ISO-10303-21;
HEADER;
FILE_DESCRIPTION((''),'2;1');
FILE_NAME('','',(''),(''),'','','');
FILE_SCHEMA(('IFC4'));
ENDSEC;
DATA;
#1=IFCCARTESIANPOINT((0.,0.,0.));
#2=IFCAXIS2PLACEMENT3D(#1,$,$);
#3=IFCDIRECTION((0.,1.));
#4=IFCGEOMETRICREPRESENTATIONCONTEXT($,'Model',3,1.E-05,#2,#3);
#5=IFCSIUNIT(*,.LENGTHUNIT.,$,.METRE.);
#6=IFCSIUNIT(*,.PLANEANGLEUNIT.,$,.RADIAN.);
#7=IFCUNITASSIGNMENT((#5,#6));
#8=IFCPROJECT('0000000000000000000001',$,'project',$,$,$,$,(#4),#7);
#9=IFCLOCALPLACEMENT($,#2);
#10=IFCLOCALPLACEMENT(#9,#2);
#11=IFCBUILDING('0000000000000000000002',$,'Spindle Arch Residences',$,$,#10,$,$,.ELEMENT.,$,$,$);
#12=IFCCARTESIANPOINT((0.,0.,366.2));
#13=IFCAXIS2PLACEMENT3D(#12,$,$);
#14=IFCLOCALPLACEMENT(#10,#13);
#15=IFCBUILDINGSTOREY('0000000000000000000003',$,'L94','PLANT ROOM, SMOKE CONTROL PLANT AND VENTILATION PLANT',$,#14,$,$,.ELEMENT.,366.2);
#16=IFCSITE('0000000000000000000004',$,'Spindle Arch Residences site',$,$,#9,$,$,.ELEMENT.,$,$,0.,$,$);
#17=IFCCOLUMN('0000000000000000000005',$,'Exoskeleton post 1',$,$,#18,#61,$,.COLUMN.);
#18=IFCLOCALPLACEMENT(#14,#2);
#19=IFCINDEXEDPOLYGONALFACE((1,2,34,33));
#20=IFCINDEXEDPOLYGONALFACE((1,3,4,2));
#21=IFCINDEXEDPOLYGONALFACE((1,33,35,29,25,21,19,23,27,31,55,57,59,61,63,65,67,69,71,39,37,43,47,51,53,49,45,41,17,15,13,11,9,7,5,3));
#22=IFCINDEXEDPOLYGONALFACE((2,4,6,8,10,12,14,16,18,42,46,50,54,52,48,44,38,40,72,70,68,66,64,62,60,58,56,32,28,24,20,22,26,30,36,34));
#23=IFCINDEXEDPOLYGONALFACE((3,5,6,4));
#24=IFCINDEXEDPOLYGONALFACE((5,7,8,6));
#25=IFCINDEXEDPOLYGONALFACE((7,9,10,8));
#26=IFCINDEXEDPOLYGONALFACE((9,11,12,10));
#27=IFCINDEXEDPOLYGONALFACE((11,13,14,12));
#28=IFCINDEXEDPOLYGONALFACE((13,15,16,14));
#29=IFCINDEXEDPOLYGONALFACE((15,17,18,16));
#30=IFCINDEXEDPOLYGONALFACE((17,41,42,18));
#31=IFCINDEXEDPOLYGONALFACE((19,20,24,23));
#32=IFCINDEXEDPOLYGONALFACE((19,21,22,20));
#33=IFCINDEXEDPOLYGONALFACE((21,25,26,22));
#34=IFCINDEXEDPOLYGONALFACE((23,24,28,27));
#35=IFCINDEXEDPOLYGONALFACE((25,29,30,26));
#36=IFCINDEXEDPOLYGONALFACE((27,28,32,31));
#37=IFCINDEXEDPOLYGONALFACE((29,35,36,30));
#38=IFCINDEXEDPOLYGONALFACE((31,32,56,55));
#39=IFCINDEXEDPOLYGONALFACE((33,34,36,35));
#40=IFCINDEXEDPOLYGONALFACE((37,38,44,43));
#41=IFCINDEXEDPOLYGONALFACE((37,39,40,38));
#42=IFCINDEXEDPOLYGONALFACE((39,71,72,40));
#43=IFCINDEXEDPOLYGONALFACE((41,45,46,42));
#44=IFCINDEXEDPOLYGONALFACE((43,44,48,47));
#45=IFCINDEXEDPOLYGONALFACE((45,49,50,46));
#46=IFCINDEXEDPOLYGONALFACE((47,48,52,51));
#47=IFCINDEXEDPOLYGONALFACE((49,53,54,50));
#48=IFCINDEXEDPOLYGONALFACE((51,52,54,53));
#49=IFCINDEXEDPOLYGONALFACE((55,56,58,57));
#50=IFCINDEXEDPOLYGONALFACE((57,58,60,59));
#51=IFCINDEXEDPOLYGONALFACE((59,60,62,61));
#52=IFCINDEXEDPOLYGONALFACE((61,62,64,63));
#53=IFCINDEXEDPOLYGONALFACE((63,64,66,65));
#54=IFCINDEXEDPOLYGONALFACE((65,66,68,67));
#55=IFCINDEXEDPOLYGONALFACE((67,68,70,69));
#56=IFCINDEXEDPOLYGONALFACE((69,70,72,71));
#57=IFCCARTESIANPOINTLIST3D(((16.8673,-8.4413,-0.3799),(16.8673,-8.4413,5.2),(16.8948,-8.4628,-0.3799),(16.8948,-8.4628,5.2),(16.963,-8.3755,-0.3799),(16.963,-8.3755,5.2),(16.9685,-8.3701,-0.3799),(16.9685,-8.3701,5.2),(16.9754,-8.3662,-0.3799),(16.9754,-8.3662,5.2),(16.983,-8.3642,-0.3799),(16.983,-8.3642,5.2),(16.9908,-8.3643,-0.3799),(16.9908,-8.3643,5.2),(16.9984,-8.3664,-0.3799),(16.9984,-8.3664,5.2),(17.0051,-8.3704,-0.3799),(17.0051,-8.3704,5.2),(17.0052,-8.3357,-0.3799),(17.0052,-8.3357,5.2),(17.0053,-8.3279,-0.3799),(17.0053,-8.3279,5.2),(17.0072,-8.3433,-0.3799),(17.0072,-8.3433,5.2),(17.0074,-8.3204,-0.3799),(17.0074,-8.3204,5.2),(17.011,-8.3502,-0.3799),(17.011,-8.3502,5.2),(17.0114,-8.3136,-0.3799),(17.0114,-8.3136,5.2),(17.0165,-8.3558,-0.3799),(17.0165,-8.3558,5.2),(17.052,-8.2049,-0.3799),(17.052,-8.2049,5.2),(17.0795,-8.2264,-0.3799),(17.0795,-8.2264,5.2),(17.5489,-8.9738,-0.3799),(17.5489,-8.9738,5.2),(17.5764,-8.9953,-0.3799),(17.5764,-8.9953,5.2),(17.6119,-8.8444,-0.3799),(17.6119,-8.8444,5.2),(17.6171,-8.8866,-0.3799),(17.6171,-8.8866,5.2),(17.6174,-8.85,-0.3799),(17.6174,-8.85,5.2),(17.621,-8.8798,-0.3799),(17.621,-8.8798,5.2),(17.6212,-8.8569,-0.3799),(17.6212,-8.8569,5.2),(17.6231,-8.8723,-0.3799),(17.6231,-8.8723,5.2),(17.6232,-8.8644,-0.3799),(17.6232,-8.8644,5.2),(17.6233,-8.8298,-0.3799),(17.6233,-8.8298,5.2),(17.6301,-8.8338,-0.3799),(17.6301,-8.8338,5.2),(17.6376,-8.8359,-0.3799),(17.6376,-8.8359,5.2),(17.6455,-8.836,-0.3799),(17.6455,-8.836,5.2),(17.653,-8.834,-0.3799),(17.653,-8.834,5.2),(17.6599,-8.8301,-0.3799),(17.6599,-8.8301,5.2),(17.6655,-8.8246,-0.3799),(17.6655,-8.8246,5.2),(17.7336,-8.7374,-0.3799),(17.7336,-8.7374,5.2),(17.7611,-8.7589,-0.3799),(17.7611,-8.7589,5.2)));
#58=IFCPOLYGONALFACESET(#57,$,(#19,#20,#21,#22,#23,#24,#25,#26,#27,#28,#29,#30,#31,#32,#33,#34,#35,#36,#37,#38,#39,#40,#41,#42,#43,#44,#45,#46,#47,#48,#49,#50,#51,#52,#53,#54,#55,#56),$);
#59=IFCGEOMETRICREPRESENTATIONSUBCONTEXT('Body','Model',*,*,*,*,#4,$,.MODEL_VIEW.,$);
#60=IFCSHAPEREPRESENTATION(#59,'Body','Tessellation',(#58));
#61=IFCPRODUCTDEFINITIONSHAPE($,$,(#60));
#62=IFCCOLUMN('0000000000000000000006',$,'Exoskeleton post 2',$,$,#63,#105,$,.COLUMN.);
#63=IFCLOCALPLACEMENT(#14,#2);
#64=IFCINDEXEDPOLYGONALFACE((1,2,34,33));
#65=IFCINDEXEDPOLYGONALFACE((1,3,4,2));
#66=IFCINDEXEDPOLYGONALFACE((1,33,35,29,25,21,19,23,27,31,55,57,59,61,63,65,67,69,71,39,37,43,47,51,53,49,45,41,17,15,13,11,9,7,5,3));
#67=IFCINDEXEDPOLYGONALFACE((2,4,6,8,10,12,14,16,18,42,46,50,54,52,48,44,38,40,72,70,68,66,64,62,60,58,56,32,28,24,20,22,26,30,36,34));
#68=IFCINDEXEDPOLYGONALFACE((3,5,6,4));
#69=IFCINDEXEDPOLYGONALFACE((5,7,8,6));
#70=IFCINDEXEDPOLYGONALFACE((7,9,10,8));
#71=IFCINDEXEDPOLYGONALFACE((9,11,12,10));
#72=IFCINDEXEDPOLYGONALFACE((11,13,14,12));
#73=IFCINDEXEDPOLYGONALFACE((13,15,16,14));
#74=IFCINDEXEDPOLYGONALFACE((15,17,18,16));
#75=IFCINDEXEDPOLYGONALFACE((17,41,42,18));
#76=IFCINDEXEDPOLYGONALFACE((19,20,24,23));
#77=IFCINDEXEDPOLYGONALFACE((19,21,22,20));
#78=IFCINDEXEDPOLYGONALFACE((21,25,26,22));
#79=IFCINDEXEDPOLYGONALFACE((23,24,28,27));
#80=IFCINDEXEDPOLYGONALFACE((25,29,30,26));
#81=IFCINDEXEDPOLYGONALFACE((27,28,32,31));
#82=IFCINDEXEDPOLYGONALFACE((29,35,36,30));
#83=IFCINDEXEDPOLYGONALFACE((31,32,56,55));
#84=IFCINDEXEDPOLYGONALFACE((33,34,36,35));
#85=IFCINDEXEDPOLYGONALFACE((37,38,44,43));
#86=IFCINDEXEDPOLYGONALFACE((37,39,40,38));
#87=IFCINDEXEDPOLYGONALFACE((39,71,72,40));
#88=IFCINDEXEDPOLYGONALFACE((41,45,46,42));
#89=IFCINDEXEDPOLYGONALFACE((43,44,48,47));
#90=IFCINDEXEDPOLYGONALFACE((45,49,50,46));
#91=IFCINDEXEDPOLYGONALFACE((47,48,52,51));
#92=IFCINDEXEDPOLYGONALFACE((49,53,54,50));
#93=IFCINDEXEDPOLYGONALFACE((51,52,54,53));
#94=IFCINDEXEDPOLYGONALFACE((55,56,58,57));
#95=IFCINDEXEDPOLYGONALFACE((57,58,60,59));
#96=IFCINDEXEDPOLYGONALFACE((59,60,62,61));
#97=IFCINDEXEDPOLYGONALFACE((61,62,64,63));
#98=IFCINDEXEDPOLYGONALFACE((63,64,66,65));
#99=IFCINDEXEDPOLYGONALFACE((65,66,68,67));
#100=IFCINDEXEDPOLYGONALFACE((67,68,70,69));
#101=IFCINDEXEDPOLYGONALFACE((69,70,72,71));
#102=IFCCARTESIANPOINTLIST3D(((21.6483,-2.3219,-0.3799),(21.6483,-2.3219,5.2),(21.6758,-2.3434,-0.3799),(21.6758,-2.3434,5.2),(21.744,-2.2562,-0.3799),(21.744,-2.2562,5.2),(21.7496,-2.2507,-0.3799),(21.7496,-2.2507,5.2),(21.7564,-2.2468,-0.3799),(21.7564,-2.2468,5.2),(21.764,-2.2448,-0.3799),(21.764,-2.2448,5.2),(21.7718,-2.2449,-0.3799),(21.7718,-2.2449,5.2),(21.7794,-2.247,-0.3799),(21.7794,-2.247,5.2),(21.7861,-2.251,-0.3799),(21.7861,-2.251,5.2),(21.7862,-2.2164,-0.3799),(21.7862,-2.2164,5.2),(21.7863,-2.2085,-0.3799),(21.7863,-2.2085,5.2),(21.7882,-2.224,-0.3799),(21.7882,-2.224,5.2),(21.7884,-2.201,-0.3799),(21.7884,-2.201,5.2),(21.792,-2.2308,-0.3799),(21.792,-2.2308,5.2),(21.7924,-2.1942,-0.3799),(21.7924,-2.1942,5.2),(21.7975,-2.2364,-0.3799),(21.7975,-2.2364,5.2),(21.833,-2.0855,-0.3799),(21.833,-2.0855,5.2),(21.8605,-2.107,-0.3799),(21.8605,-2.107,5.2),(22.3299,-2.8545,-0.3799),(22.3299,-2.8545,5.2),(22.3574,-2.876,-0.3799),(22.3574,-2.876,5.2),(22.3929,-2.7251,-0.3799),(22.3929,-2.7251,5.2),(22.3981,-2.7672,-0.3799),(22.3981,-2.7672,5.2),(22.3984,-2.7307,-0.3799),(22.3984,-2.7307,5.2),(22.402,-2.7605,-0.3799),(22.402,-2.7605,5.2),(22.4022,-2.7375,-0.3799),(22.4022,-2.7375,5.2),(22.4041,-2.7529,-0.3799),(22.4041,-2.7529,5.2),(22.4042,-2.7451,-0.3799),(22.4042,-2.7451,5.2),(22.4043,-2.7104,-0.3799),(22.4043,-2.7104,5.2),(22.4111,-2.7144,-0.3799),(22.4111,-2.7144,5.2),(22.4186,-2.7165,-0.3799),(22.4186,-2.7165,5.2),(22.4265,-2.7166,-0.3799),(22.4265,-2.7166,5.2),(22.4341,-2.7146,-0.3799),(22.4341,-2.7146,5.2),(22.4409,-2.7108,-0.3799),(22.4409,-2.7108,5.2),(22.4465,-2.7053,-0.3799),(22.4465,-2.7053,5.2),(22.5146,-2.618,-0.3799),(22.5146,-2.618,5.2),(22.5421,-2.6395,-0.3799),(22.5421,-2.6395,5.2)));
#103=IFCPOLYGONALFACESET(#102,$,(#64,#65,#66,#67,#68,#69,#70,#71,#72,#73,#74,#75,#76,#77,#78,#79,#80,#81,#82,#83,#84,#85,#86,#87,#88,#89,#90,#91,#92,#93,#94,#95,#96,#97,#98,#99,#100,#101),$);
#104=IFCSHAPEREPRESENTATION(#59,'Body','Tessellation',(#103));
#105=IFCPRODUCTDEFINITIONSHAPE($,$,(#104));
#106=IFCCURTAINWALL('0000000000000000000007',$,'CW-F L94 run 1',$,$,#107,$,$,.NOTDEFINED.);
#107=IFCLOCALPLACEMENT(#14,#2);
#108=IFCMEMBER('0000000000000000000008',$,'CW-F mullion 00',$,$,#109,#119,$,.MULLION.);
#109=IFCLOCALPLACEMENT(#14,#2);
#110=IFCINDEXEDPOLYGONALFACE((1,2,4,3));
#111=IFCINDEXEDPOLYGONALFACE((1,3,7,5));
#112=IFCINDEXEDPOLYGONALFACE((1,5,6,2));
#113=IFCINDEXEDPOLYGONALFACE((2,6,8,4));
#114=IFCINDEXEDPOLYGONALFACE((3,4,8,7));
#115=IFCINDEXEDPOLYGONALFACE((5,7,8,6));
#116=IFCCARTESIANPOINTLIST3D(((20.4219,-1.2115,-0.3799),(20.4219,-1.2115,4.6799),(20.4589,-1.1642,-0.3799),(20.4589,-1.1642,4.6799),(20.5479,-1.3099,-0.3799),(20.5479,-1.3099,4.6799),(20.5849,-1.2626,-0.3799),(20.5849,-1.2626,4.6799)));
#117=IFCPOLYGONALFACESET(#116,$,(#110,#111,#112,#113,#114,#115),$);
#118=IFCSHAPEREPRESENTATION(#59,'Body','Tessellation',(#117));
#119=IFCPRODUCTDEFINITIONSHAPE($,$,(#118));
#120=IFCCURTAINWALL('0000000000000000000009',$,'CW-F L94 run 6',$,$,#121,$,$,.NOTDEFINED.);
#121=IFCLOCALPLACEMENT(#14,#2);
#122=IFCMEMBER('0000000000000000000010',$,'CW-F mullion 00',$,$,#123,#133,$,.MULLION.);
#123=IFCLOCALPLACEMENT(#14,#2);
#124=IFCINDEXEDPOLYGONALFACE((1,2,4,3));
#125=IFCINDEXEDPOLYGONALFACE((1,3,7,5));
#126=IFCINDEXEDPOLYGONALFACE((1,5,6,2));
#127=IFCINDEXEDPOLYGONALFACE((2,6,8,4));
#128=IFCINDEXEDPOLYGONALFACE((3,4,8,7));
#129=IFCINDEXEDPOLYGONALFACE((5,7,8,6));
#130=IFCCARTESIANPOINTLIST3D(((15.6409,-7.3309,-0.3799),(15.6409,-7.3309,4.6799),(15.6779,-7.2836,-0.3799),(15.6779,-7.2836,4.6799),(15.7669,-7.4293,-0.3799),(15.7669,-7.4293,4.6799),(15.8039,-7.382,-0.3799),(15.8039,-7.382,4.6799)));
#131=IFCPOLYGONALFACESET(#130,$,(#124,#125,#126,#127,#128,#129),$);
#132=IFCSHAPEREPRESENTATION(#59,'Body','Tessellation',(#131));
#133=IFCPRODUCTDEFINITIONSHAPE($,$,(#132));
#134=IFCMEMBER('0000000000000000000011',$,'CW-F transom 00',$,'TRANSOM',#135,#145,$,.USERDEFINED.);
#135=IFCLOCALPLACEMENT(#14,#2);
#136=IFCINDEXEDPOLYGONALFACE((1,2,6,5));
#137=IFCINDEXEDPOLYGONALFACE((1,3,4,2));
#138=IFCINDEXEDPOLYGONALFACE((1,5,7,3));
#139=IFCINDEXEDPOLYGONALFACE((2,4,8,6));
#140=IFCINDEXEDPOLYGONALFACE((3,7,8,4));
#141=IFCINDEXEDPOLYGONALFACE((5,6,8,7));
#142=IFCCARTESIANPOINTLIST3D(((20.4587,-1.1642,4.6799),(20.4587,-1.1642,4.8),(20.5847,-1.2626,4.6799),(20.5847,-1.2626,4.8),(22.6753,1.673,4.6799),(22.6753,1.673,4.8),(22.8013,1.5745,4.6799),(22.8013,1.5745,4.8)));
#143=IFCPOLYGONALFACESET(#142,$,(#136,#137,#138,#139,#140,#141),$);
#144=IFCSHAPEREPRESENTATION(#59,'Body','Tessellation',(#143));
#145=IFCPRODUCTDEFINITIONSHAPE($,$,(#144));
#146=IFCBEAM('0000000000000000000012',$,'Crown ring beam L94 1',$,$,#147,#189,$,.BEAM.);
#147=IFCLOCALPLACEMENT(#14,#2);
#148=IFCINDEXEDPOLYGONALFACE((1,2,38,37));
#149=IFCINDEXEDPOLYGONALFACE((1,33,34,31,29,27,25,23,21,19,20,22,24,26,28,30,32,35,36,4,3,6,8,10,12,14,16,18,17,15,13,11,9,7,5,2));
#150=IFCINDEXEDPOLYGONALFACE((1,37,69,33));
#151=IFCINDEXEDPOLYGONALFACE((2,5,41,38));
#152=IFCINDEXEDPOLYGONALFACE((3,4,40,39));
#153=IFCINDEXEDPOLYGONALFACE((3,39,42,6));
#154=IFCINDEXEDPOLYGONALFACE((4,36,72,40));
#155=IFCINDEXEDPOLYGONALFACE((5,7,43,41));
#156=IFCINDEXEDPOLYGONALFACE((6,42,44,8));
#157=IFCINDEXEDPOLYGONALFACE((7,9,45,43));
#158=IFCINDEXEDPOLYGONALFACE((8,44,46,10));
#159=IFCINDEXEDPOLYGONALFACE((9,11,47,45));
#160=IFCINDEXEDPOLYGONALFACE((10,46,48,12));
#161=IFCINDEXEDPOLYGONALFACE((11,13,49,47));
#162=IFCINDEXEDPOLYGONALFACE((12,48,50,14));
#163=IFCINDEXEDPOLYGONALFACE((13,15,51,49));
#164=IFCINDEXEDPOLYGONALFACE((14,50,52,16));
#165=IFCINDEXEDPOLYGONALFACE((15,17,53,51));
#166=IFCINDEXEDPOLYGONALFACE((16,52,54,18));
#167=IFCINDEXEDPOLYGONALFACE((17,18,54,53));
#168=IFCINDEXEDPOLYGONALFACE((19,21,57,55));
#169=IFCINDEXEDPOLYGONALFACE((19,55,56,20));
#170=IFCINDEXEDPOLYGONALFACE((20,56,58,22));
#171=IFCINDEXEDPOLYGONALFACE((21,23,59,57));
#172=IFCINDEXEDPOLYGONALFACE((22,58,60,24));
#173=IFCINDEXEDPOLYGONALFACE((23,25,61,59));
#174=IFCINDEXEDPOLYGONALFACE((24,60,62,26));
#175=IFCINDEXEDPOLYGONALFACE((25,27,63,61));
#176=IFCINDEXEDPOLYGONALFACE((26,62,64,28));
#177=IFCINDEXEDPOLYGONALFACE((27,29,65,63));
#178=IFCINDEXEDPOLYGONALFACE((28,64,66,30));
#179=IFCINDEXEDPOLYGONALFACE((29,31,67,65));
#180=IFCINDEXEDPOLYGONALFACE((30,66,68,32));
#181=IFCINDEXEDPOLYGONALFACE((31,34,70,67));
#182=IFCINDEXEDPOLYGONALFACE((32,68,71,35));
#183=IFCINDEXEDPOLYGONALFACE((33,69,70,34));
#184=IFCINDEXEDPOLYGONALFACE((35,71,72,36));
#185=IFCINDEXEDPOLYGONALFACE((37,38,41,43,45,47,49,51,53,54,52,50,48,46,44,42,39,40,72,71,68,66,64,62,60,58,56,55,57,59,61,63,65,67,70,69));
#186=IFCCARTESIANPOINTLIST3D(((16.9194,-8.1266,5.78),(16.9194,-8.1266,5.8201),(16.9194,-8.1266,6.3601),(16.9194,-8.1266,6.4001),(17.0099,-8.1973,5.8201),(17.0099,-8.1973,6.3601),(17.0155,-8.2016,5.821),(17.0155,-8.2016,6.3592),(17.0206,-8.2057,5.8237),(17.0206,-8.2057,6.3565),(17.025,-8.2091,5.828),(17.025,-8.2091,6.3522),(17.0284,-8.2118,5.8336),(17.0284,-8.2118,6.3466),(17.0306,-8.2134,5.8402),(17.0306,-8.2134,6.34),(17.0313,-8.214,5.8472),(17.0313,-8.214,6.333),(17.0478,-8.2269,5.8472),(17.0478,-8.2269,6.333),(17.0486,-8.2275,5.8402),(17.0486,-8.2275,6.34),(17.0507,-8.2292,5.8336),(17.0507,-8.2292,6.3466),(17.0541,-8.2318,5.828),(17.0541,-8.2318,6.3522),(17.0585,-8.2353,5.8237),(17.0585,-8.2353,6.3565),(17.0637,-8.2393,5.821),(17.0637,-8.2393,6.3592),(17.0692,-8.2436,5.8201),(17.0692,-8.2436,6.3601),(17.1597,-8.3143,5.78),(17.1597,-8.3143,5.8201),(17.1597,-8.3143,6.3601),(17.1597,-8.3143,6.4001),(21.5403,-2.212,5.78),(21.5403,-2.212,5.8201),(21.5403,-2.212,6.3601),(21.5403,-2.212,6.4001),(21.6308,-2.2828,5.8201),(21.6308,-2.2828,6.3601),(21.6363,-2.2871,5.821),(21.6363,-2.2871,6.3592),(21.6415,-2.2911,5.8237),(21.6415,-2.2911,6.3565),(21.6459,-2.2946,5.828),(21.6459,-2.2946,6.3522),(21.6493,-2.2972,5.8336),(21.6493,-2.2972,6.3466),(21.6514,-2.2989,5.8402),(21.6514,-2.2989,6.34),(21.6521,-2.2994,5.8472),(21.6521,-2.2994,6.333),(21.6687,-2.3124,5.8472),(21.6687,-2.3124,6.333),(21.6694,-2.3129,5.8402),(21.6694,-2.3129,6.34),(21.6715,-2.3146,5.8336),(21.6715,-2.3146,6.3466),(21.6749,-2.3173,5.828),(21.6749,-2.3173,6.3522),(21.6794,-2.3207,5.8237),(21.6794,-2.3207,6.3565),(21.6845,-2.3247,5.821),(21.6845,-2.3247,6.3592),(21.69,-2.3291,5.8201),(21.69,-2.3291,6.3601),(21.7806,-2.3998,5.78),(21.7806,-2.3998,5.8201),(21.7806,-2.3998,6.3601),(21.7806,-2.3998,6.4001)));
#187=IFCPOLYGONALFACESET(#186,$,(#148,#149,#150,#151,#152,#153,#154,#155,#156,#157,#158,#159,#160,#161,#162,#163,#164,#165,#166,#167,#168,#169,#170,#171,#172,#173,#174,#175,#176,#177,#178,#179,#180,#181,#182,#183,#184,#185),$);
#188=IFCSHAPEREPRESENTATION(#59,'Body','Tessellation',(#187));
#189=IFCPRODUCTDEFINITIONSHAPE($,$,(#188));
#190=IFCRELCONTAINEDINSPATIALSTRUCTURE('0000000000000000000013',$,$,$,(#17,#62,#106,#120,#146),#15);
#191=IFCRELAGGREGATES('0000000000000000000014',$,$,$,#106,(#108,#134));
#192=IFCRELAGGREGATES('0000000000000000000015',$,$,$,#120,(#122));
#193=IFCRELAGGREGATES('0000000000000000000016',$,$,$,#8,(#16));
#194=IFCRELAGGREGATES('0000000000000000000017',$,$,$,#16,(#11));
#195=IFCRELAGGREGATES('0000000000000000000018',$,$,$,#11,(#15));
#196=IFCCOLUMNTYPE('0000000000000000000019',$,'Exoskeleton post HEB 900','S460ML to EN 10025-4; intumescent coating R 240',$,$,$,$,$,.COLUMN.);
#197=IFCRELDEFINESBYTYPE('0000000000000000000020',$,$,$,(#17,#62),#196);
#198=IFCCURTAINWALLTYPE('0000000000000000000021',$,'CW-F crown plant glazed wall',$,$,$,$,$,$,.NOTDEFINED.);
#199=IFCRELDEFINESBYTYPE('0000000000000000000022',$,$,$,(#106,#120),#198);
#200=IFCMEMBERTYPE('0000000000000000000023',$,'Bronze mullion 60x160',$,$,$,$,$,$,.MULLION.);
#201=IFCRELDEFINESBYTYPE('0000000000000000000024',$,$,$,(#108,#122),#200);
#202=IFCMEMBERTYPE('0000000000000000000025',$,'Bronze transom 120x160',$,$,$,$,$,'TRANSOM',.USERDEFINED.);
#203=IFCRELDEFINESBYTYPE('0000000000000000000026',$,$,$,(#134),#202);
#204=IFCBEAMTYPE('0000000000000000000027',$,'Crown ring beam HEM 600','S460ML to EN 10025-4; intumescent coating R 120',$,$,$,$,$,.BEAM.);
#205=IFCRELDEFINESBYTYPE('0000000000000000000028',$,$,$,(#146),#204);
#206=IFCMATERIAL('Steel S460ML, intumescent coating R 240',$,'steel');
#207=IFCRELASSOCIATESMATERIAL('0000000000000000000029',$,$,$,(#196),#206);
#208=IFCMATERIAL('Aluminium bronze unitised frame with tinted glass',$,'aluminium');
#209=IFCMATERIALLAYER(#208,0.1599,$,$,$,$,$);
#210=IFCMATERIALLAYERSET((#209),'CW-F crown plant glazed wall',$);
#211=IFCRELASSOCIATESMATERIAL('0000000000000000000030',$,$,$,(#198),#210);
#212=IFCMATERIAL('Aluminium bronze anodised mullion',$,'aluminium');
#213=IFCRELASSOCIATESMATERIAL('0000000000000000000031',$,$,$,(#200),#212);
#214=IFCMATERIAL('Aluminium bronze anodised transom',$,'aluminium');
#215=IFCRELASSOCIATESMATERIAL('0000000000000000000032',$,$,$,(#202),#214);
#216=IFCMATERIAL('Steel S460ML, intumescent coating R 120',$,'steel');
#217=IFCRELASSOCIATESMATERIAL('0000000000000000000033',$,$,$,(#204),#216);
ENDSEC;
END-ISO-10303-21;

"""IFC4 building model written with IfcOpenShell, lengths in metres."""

from ifc_helpers import new_model, si_unit, direction, frame, origin, origin_2d, place, context, subcontext, project, spatial, rectangle, i_section, extrude, material, layer, layer_set, material_profile, profile_set, type_object, element, aggregate, save


model = new_model("IFC4")

# Units and contexts
model_context = context("Model", 3, precision=1e-05, world=origin(), true_north=direction((0.0, 1.0)))
body_context = subcontext(model_context, "Body", "Model", "MODEL_VIEW")
ifc_project = project(units=[si_unit("LENGTHUNIT", "METRE"), si_unit("PLANEANGLEUNIT", "RADIAN")], contexts=[model_context])

# Site, building, storey
site_placement = place(None, origin())
site = spatial("IfcSite", under=ifc_project, at=site_placement, Name="Spindle Arch Residences site", CompositionType="ELEMENT", RefElevation=0.0)
building_placement = place(site_placement, origin())
building = spatial("IfcBuilding", under=site, at=building_placement, Name="Spindle Arch Residences", CompositionType="ELEMENT")
storey_placement = place(building_placement, frame((0.0, 0.0, 366.2)))
storey = spatial("IfcBuildingStorey", under=building, at=storey_placement, Name="L94", Description="PLANT ROOM, SMOKE CONTROL PLANT AND VENTILATION PLANT", CompositionType="ELEMENT", Elevation=366.2)

# Columns
ifc_material_1 = material(Name="Steel S460ML, intumescent coating R 240", Category="steel")
ifc_material_profile_1 = material_profile(ifc_material_1, i_section(OverallWidth=0.3, OverallDepth=0.8999, WebThickness=0.0186, FlangeThickness=0.0349, FilletRadius=0.03, at=origin_2d()), Name="HEB 900")
ifc_profile_set_1 = profile_set([ifc_material_profile_1], Name="Steel S460ML, intumescent coating R 240")
column_type = type_object("IfcColumnType", Name="Exoskeleton post HEB 900", Description="S460ML to EN 10025-4; intumescent coating R 240", PredefinedType="COLUMN", material=ifc_profile_set_1)
for number, where, z_axis, x_axis, name in (
    (1, (17.3142, -8.6001, -0.3799), (0.0, 0.0, 1.0), (-0.615661, -0.788011, 0.0), "Exoskeleton post 1"),
    (2, (22.0952, -2.4807, -0.3799), (0.0, 0.0, 1.0), (-0.615661, -0.788011, 0.0), "Exoskeleton post 2"),
):
    element("IfcColumn", number, at=place(storey_placement, frame(where, z_axis=z_axis, x_axis=x_axis)), inside=storey, type_object=column_type, Name=name, PredefinedType="COLUMN", context=body_context, shape_type="SweptSolid", body=[
        extrude(i_section(OverallWidth=0.3, OverallDepth=0.8999, WebThickness=0.0186, FlangeThickness=0.0349, FilletRadius=0.03, at=origin_2d()), origin(), (0.0, 0.0, 1.0), 5.5798),
    ])

# Curtain walls, members
ifc_material_2 = material(Name="Aluminium bronze unitised frame with tinted glass", Category="aluminium")
ifc_layer_1 = layer(ifc_material_2, 0.1599)
ifc_layer_set_1 = layer_set([ifc_layer_1], Name="CW-F crown plant glazed wall")
curtain_wall_type = type_object("IfcCurtainWallType", Name="CW-F crown plant glazed wall", PredefinedType="NOTDEFINED", material=ifc_layer_set_1)
curtain_wall_1_placement = place(storey_placement, origin())
curtain_wall_1 = element("IfcCurtainWall", 3, at=curtain_wall_1_placement, inside=storey, type_object=curtain_wall_type, Name="CW-F L94 run 1", PredefinedType="NOTDEFINED")
ifc_material_3 = material(Name="Aluminium bronze anodised mullion", Category="aluminium")
ifc_material_profile_2 = material_profile(ifc_material_3, rectangle(XDim=0.1599, YDim=0.0601, at=origin_2d()), Name="MU 60x160")
ifc_profile_set_2 = profile_set([ifc_material_profile_2], Name="Aluminium bronze anodised mullion")
member_type_1 = type_object("IfcMemberType", Name="Bronze mullion 60x160", PredefinedType="MULLION", material=ifc_profile_set_2)
member_1_placement = place(storey_placement, frame((20.5034, -1.2371, -0.3799), z_axis=(0.0, 0.0, 1.0), x_axis=(-0.788011, 0.615661, 0.0)))
member_1 = element("IfcMember", 4, at=member_1_placement, type_object=member_type_1, Name="CW-F mullion 00", PredefinedType="MULLION", context=body_context, shape_type="SweptSolid", body=[
    extrude(rectangle(XDim=0.1599, YDim=0.0601, at=origin_2d()), origin(), (0.0, 0.0, 1.0), 5.0598),
])
curtain_wall_2_placement = place(storey_placement, origin())
curtain_wall_2 = element("IfcCurtainWall", 5, at=curtain_wall_2_placement, inside=storey, type_object=curtain_wall_type, Name="CW-F L94 run 6", PredefinedType="NOTDEFINED")
member_2_placement = place(storey_placement, frame((15.7224, -7.3564, -0.3799), z_axis=(0.0, 0.0, 1.0), x_axis=(-0.788011, 0.615661, 0.0)))
member_2 = element("IfcMember", 6, at=member_2_placement, type_object=member_type_1, Name="CW-F mullion 00", PredefinedType="MULLION", context=body_context, shape_type="SweptSolid", body=[
    extrude(rectangle(XDim=0.1599, YDim=0.0601, at=origin_2d()), origin(), (0.0, 0.0, 1.0), 5.0598),
])

# Member
ifc_material_4 = material(Name="Aluminium bronze anodised transom", Category="aluminium")
ifc_material_profile_3 = material_profile(ifc_material_4, rectangle(XDim=0.1599, YDim=0.1201, at=origin_2d()), Name="TR 120x160")
ifc_profile_set_3 = profile_set([ifc_material_profile_3], Name="Aluminium bronze anodised transom")
member_type_2 = type_object("IfcMemberType", Name="Bronze transom 120x160", ElementType="TRANSOM", PredefinedType="USERDEFINED", material=ifc_profile_set_3)
member_3_placement = place(storey_placement, frame((20.5217, -1.2134, 4.74), z_axis=(0.615648, 0.788021, 0.0), x_axis=(-0.788021, 0.615648, 0.0)))
member_3 = element("IfcMember", 7, at=member_3_placement, type_object=member_type_2, Name="CW-F transom 00", ObjectType="TRANSOM", PredefinedType="USERDEFINED", context=body_context, shape_type="SweptSolid", body=[
    extrude(rectangle(XDim=0.1599, YDim=0.1201, at=origin_2d()), origin(), (0.0, 0.0, 1.0), 3.6003),
])
aggregate(curtain_wall_1, [member_1, member_3])

# Beam
ifc_material_5 = material(Name="Steel S460ML, intumescent coating R 120", Category="steel")
ifc_material_profile_4 = material_profile(ifc_material_5, i_section(OverallWidth=0.3049, OverallDepth=0.6201, WebThickness=0.021, FlangeThickness=0.04, FilletRadius=0.0271, at=origin_2d()), Name="HEM 600")
ifc_profile_set_4 = profile_set([ifc_material_profile_4], Name="Steel S460ML, intumescent coating R 120")
beam_type_1 = type_object("IfcBeamType", Name="Crown ring beam HEM 600", Description="S460ML to EN 10025-4; intumescent coating R 120", PredefinedType="BEAM", material=ifc_profile_set_4)
beam_1_placement = place(storey_placement, frame((17.0396, -8.2205, 6.0901), z_axis=(0.615653, 0.788017, 0.0), x_axis=(-0.788017, 0.615653, 0.0)))
element("IfcBeam", 8, at=beam_1_placement, inside=storey, type_object=beam_type_1, Name="Crown ring beam L94 1", PredefinedType="BEAM", context=body_context, shape_type="SweptSolid", body=[
    extrude(i_section(OverallWidth=0.3049, OverallDepth=0.6201, WebThickness=0.021, FlangeThickness=0.04, FilletRadius=0.0271, at=origin_2d()), origin(), (0.0, 0.0, 1.0), 7.5056),
])

aggregate(curtain_wall_2, [member_2])

save(model, "model.ifc")
